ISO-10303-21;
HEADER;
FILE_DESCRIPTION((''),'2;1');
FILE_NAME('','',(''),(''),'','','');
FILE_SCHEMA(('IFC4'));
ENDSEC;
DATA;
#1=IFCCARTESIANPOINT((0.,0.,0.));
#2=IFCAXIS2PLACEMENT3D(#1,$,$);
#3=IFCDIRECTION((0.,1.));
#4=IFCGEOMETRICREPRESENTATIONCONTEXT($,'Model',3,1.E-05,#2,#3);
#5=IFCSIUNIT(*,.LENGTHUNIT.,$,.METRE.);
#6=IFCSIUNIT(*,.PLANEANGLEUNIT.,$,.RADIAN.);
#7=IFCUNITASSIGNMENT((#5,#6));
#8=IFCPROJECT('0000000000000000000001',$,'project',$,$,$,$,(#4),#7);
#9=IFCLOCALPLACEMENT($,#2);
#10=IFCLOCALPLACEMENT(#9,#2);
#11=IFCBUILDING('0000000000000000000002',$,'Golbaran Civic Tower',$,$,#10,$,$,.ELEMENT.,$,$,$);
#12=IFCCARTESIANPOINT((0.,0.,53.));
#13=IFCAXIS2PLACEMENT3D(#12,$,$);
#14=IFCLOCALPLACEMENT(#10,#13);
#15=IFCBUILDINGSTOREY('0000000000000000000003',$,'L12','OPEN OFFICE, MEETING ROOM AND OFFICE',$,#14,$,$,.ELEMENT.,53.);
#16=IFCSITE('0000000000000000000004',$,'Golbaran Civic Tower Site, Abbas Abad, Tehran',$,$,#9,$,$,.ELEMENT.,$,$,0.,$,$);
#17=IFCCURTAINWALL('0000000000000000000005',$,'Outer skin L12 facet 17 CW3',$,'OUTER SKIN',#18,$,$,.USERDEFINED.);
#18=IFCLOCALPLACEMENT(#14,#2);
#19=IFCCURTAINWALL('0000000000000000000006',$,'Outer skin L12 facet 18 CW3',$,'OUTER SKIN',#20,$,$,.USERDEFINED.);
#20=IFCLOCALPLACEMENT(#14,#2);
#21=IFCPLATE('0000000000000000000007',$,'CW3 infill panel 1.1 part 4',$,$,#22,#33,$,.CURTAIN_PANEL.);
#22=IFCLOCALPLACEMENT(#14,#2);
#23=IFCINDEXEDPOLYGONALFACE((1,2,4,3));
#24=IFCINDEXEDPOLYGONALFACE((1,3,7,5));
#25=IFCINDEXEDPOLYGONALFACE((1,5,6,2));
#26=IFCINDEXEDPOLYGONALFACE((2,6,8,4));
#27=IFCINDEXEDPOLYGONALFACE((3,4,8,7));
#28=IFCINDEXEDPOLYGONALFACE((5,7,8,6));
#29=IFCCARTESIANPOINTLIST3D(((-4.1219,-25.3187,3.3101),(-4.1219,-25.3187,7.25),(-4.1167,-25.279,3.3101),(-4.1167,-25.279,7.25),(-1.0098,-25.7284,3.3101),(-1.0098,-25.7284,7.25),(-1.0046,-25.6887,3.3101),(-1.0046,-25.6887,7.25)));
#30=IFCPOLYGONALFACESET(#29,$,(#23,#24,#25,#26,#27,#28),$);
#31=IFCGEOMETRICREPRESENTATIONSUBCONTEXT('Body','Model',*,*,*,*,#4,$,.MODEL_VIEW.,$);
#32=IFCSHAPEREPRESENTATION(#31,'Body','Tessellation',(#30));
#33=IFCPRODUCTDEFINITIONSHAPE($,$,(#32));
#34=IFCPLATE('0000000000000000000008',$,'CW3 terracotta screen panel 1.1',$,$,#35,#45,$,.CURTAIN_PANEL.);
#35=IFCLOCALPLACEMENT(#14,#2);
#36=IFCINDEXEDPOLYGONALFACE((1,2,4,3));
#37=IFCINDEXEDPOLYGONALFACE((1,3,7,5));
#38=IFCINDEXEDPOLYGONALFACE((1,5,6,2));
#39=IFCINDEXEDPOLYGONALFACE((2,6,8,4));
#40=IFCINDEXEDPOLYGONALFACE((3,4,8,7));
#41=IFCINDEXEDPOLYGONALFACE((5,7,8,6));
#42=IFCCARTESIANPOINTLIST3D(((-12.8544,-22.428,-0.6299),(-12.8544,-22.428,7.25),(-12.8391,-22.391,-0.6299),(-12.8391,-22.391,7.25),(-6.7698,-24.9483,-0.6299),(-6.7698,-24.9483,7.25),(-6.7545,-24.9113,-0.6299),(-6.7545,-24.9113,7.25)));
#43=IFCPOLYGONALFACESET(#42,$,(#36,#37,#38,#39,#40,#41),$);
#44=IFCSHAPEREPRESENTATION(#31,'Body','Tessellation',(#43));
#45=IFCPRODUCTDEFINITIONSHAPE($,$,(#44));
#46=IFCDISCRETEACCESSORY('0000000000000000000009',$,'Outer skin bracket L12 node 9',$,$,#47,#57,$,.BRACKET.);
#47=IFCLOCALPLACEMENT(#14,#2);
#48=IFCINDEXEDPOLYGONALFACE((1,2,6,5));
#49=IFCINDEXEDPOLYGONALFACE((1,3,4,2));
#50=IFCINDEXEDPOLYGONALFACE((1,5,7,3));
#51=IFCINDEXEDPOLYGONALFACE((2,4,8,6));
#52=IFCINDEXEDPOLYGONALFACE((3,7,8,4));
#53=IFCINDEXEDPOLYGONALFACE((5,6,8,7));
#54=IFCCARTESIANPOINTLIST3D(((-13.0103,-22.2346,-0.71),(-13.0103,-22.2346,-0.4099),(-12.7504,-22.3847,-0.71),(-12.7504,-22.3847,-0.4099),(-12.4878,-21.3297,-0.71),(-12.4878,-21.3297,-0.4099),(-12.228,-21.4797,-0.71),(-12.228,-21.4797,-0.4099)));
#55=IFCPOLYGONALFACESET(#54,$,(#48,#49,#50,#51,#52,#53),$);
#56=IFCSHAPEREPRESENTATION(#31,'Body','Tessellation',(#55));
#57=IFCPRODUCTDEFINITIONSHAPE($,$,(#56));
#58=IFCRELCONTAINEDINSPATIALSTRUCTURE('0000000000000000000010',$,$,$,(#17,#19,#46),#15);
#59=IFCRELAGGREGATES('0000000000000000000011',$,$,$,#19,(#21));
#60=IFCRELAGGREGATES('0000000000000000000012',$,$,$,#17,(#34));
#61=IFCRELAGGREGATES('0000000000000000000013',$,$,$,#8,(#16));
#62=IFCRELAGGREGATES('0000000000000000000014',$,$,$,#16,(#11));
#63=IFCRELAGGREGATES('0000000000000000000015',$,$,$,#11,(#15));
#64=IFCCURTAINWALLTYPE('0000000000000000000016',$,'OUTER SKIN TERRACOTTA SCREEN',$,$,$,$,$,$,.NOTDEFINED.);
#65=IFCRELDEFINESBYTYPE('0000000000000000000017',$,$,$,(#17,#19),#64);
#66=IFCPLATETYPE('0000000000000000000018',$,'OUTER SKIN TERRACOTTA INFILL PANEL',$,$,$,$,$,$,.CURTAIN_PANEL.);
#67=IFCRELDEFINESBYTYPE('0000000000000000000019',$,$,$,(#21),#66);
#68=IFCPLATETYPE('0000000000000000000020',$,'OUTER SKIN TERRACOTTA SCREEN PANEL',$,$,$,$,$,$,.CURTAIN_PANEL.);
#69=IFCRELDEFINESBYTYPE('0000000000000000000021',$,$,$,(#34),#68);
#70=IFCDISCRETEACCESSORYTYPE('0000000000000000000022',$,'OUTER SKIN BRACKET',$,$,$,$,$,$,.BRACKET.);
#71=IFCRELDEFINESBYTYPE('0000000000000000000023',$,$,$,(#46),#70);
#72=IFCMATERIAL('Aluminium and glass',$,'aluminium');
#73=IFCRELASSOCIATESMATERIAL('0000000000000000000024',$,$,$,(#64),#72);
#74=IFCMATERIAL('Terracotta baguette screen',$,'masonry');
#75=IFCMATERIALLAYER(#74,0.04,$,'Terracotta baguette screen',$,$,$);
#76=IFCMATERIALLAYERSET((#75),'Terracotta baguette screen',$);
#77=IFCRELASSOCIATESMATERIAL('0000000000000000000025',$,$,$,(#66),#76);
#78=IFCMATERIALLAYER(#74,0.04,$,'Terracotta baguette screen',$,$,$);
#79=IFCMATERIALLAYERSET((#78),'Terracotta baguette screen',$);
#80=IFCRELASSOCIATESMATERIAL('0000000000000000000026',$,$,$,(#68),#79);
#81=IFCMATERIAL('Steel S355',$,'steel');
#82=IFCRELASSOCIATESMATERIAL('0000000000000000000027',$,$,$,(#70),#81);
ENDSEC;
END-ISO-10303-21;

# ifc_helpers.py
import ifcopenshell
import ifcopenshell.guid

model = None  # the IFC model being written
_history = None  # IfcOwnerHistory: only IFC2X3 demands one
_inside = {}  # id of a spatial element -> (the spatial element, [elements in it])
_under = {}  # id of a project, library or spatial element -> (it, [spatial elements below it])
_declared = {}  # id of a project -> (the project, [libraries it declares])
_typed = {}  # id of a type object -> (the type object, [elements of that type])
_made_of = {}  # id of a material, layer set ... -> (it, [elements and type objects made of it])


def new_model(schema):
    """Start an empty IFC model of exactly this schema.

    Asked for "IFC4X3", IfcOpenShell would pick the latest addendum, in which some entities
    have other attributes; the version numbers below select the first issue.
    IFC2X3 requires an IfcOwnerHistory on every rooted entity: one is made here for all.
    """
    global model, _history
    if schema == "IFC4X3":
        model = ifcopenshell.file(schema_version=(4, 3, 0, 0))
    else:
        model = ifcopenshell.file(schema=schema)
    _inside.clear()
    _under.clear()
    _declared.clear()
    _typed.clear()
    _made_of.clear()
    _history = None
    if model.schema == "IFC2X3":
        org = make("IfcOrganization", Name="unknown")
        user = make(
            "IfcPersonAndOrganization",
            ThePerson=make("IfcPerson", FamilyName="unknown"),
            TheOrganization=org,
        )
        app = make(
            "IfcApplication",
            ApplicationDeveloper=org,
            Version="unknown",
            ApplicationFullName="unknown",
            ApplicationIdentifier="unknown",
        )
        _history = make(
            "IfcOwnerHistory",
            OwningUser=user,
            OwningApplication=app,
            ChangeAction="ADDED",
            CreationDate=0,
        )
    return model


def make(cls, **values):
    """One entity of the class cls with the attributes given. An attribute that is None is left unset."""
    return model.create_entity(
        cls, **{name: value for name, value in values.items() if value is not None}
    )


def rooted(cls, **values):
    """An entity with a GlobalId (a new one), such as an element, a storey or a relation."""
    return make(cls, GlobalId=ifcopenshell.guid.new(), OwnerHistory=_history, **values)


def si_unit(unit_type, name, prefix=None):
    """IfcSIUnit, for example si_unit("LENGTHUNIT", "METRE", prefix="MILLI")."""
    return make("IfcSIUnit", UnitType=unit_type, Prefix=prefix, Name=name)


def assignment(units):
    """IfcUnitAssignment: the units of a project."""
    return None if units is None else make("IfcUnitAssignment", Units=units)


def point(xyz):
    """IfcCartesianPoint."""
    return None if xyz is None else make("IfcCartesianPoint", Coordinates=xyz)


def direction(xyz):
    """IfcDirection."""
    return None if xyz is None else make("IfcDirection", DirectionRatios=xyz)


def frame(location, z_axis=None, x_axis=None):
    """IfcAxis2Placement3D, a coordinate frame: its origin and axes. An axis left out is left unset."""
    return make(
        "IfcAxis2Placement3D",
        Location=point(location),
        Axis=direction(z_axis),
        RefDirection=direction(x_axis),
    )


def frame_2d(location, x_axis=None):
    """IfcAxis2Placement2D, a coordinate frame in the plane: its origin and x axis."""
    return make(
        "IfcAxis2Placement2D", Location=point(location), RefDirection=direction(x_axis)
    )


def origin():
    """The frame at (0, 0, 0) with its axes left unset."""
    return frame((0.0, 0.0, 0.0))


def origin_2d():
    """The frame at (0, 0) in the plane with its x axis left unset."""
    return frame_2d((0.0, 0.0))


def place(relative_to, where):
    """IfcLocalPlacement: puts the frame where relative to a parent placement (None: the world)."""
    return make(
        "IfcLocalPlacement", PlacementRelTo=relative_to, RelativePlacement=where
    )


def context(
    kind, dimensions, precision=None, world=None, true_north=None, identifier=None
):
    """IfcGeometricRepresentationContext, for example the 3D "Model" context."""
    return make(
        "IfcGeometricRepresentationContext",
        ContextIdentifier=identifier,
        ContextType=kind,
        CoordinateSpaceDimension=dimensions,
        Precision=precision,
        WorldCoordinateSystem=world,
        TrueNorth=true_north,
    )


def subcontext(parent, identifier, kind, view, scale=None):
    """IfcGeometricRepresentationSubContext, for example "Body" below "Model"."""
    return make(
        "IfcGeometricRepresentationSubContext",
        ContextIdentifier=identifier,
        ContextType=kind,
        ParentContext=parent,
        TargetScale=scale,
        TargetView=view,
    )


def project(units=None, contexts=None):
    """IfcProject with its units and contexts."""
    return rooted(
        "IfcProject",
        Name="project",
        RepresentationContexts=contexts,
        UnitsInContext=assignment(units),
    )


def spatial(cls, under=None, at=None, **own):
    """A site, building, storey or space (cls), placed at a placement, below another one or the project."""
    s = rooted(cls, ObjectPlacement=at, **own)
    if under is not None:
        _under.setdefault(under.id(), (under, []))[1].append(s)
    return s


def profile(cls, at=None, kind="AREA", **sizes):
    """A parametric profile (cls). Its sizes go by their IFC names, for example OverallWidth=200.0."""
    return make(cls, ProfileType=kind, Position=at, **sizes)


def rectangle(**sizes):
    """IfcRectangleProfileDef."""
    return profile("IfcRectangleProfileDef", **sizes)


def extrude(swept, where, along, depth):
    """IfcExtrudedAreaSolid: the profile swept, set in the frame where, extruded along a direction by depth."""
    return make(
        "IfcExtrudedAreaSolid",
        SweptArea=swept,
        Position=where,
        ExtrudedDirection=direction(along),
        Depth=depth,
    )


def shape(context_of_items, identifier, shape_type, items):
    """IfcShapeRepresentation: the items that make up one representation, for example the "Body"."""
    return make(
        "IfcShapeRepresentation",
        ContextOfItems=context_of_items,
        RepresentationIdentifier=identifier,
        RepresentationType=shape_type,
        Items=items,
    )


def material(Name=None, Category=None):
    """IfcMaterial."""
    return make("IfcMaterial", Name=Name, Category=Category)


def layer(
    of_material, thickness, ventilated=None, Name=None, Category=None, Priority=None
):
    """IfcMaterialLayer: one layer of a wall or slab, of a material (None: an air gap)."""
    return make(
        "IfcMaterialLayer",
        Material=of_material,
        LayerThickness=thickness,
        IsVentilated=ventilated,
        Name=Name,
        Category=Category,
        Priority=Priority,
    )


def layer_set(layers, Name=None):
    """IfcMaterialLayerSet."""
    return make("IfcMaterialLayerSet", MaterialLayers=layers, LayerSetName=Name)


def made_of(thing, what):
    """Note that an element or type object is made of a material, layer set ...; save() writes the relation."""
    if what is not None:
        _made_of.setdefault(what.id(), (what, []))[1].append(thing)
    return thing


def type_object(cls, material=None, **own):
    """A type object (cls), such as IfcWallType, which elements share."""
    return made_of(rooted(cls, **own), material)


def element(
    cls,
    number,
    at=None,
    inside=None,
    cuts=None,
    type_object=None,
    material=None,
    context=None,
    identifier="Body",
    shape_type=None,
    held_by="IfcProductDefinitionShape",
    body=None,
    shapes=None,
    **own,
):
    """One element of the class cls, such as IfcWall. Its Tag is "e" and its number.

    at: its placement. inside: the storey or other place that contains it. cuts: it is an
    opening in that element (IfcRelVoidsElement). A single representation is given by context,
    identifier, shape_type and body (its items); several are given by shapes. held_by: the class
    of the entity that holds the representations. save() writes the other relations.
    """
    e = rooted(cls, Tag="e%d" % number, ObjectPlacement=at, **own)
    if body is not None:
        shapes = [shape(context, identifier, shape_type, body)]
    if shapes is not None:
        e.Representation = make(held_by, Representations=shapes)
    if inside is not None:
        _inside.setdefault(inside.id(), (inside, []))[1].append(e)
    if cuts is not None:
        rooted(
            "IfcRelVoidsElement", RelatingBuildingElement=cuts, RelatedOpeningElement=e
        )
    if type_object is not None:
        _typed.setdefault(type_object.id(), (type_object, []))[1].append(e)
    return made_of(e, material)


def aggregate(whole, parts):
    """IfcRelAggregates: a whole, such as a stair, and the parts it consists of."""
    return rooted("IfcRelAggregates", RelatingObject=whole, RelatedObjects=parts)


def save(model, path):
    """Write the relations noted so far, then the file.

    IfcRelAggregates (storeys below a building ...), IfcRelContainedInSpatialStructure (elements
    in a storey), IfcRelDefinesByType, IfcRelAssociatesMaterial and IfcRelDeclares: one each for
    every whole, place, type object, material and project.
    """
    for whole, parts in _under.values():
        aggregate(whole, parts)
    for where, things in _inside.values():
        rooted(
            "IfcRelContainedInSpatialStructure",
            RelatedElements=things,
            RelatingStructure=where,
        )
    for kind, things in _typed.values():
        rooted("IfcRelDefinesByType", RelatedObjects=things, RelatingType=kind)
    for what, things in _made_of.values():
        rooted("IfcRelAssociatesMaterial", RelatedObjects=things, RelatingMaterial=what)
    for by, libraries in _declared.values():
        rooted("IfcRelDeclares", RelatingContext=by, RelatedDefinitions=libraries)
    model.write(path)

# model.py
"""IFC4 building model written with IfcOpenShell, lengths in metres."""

from ifc_helpers import new_model, si_unit, direction, frame, origin, origin_2d, place, context, subcontext, project, spatial, rectangle, extrude, material, layer, layer_set, type_object, element, aggregate, save


model = new_model("IFC4")

# Units and contexts
model_context = context("Model", 3, precision=1e-05, world=origin(), true_north=direction((0.0, 1.0)))
body_context = subcontext(model_context, "Body", "Model", "MODEL_VIEW")
ifc_project = project(units=[si_unit("LENGTHUNIT", "METRE"), si_unit("PLANEANGLEUNIT", "RADIAN")], contexts=[model_context])

# Site, building, storey
site_placement = place(None, origin())
site = spatial("IfcSite", under=ifc_project, at=site_placement, Name="Golbaran Civic Tower Site, Abbas Abad, Tehran", CompositionType="ELEMENT", RefElevation=0.0)
building_placement = place(site_placement, origin())
building = spatial("IfcBuilding", under=site, at=building_placement, Name="Golbaran Civic Tower", CompositionType="ELEMENT")
storey_placement = place(building_placement, frame((0.0, 0.0, 53.0)))
storey = spatial("IfcBuildingStorey", under=building, at=storey_placement, Name="L12", Description="OPEN OFFICE, MEETING ROOM AND OFFICE", CompositionType="ELEMENT", Elevation=53.0)

# Shared definitions
ifc_material_1 = material(Name="Steel S355", Category="steel")

# Shared definitions
ifc_material_2 = material(Name="Aluminium and glass", Category="aluminium")

# Shared definitions
curtain_wall_type_1 = type_object("IfcCurtainWallType", Name="OUTER SKIN TERRACOTTA SCREEN", PredefinedType="NOTDEFINED", material=ifc_material_2)

# Curtain walls
curtain_wall_1_placement = place(storey_placement, origin())
curtain_wall_1 = element("IfcCurtainWall", 1, at=curtain_wall_1_placement, inside=storey, type_object=curtain_wall_type_1, Name="Outer skin L12 facet 17 CW3", ObjectType="OUTER SKIN", PredefinedType="USERDEFINED")
curtain_wall_2_placement = place(storey_placement, origin())
curtain_wall_2 = element("IfcCurtainWall", 2, at=curtain_wall_2_placement, inside=storey, type_object=curtain_wall_type_1, Name="Outer skin L12 facet 18 CW3", ObjectType="OUTER SKIN", PredefinedType="USERDEFINED")

# Plates
ifc_material_3 = material(Name="Terracotta baguette screen", Category="masonry")
ifc_layer_1 = layer(ifc_material_3, 0.04, Name="Terracotta baguette screen")
ifc_layer_set_1 = layer_set([ifc_layer_1], Name="Terracotta baguette screen")
plate_type_1 = type_object("IfcPlateType", Name="OUTER SKIN TERRACOTTA INFILL PANEL", PredefinedType="CURTAIN_PANEL", material=ifc_layer_set_1)
plate_1_placement = place(storey_placement, frame((-2.5632, -25.5037, 3.3101), z_axis=(0.0, 0.0, 1.0), x_axis=(0.991445, -0.130526, 0.0)))
plate_1 = element("IfcPlate", 3, at=plate_1_placement, type_object=plate_type_1, Name="CW3 infill panel 1.1 part 4", PredefinedType="CURTAIN_PANEL", context=body_context, shape_type="SweptSolid", body=[
    extrude(rectangle(XDim=3.1389, YDim=0.04, at=origin_2d()), origin(), (0.0, 0.0, 1.0), 3.9399),
])
aggregate(curtain_wall_2, [plate_1])
ifc_layer_2 = layer(ifc_material_3, 0.04, Name="Terracotta baguette screen")
ifc_layer_set_2 = layer_set([ifc_layer_2], Name="Terracotta baguette screen")
plate_type_2 = type_object("IfcPlateType", Name="OUTER SKIN TERRACOTTA SCREEN PANEL", PredefinedType="CURTAIN_PANEL", material=ifc_layer_set_2)
plate_2_placement = place(storey_placement, frame((-9.8044, -23.6697, -0.6299), z_axis=(0.0, 0.0, 1.0), x_axis=(0.92388, -0.382683, 0.0)))
plate_2 = element("IfcPlate", 4, at=plate_2_placement, type_object=plate_type_2, Name="CW3 terracotta screen panel 1.1", PredefinedType="CURTAIN_PANEL", context=body_context, shape_type="SweptSolid", body=[
    extrude(rectangle(XDim=6.5859, YDim=0.04, at=origin_2d()), origin(), (0.0, 0.0, 1.0), 7.8799),
])
aggregate(curtain_wall_1, [plate_2])

# Discrete accessory
discrete_accessory_type = type_object("IfcDiscreteAccessoryType", Name="OUTER SKIN BRACKET", PredefinedType="BRACKET", material=ifc_material_1)
discrete_accessory_placement = place(storey_placement, frame((-12.6191, -21.8572, -0.71), z_axis=(0.0, 0.0, 1.0), x_axis=(-0.5, -0.866025, 0.0)))
element("IfcDiscreteAccessory", 5, at=discrete_accessory_placement, inside=storey, type_object=discrete_accessory_type, Name="Outer skin bracket L12 node 9", PredefinedType="BRACKET", context=body_context, shape_type="SweptSolid", body=[
    extrude(rectangle(XDim=1.0449, YDim=0.3, at=origin_2d()), origin(), (0.0, 0.0, 1.0), 0.3),
])

save(model, "model.ifc")
